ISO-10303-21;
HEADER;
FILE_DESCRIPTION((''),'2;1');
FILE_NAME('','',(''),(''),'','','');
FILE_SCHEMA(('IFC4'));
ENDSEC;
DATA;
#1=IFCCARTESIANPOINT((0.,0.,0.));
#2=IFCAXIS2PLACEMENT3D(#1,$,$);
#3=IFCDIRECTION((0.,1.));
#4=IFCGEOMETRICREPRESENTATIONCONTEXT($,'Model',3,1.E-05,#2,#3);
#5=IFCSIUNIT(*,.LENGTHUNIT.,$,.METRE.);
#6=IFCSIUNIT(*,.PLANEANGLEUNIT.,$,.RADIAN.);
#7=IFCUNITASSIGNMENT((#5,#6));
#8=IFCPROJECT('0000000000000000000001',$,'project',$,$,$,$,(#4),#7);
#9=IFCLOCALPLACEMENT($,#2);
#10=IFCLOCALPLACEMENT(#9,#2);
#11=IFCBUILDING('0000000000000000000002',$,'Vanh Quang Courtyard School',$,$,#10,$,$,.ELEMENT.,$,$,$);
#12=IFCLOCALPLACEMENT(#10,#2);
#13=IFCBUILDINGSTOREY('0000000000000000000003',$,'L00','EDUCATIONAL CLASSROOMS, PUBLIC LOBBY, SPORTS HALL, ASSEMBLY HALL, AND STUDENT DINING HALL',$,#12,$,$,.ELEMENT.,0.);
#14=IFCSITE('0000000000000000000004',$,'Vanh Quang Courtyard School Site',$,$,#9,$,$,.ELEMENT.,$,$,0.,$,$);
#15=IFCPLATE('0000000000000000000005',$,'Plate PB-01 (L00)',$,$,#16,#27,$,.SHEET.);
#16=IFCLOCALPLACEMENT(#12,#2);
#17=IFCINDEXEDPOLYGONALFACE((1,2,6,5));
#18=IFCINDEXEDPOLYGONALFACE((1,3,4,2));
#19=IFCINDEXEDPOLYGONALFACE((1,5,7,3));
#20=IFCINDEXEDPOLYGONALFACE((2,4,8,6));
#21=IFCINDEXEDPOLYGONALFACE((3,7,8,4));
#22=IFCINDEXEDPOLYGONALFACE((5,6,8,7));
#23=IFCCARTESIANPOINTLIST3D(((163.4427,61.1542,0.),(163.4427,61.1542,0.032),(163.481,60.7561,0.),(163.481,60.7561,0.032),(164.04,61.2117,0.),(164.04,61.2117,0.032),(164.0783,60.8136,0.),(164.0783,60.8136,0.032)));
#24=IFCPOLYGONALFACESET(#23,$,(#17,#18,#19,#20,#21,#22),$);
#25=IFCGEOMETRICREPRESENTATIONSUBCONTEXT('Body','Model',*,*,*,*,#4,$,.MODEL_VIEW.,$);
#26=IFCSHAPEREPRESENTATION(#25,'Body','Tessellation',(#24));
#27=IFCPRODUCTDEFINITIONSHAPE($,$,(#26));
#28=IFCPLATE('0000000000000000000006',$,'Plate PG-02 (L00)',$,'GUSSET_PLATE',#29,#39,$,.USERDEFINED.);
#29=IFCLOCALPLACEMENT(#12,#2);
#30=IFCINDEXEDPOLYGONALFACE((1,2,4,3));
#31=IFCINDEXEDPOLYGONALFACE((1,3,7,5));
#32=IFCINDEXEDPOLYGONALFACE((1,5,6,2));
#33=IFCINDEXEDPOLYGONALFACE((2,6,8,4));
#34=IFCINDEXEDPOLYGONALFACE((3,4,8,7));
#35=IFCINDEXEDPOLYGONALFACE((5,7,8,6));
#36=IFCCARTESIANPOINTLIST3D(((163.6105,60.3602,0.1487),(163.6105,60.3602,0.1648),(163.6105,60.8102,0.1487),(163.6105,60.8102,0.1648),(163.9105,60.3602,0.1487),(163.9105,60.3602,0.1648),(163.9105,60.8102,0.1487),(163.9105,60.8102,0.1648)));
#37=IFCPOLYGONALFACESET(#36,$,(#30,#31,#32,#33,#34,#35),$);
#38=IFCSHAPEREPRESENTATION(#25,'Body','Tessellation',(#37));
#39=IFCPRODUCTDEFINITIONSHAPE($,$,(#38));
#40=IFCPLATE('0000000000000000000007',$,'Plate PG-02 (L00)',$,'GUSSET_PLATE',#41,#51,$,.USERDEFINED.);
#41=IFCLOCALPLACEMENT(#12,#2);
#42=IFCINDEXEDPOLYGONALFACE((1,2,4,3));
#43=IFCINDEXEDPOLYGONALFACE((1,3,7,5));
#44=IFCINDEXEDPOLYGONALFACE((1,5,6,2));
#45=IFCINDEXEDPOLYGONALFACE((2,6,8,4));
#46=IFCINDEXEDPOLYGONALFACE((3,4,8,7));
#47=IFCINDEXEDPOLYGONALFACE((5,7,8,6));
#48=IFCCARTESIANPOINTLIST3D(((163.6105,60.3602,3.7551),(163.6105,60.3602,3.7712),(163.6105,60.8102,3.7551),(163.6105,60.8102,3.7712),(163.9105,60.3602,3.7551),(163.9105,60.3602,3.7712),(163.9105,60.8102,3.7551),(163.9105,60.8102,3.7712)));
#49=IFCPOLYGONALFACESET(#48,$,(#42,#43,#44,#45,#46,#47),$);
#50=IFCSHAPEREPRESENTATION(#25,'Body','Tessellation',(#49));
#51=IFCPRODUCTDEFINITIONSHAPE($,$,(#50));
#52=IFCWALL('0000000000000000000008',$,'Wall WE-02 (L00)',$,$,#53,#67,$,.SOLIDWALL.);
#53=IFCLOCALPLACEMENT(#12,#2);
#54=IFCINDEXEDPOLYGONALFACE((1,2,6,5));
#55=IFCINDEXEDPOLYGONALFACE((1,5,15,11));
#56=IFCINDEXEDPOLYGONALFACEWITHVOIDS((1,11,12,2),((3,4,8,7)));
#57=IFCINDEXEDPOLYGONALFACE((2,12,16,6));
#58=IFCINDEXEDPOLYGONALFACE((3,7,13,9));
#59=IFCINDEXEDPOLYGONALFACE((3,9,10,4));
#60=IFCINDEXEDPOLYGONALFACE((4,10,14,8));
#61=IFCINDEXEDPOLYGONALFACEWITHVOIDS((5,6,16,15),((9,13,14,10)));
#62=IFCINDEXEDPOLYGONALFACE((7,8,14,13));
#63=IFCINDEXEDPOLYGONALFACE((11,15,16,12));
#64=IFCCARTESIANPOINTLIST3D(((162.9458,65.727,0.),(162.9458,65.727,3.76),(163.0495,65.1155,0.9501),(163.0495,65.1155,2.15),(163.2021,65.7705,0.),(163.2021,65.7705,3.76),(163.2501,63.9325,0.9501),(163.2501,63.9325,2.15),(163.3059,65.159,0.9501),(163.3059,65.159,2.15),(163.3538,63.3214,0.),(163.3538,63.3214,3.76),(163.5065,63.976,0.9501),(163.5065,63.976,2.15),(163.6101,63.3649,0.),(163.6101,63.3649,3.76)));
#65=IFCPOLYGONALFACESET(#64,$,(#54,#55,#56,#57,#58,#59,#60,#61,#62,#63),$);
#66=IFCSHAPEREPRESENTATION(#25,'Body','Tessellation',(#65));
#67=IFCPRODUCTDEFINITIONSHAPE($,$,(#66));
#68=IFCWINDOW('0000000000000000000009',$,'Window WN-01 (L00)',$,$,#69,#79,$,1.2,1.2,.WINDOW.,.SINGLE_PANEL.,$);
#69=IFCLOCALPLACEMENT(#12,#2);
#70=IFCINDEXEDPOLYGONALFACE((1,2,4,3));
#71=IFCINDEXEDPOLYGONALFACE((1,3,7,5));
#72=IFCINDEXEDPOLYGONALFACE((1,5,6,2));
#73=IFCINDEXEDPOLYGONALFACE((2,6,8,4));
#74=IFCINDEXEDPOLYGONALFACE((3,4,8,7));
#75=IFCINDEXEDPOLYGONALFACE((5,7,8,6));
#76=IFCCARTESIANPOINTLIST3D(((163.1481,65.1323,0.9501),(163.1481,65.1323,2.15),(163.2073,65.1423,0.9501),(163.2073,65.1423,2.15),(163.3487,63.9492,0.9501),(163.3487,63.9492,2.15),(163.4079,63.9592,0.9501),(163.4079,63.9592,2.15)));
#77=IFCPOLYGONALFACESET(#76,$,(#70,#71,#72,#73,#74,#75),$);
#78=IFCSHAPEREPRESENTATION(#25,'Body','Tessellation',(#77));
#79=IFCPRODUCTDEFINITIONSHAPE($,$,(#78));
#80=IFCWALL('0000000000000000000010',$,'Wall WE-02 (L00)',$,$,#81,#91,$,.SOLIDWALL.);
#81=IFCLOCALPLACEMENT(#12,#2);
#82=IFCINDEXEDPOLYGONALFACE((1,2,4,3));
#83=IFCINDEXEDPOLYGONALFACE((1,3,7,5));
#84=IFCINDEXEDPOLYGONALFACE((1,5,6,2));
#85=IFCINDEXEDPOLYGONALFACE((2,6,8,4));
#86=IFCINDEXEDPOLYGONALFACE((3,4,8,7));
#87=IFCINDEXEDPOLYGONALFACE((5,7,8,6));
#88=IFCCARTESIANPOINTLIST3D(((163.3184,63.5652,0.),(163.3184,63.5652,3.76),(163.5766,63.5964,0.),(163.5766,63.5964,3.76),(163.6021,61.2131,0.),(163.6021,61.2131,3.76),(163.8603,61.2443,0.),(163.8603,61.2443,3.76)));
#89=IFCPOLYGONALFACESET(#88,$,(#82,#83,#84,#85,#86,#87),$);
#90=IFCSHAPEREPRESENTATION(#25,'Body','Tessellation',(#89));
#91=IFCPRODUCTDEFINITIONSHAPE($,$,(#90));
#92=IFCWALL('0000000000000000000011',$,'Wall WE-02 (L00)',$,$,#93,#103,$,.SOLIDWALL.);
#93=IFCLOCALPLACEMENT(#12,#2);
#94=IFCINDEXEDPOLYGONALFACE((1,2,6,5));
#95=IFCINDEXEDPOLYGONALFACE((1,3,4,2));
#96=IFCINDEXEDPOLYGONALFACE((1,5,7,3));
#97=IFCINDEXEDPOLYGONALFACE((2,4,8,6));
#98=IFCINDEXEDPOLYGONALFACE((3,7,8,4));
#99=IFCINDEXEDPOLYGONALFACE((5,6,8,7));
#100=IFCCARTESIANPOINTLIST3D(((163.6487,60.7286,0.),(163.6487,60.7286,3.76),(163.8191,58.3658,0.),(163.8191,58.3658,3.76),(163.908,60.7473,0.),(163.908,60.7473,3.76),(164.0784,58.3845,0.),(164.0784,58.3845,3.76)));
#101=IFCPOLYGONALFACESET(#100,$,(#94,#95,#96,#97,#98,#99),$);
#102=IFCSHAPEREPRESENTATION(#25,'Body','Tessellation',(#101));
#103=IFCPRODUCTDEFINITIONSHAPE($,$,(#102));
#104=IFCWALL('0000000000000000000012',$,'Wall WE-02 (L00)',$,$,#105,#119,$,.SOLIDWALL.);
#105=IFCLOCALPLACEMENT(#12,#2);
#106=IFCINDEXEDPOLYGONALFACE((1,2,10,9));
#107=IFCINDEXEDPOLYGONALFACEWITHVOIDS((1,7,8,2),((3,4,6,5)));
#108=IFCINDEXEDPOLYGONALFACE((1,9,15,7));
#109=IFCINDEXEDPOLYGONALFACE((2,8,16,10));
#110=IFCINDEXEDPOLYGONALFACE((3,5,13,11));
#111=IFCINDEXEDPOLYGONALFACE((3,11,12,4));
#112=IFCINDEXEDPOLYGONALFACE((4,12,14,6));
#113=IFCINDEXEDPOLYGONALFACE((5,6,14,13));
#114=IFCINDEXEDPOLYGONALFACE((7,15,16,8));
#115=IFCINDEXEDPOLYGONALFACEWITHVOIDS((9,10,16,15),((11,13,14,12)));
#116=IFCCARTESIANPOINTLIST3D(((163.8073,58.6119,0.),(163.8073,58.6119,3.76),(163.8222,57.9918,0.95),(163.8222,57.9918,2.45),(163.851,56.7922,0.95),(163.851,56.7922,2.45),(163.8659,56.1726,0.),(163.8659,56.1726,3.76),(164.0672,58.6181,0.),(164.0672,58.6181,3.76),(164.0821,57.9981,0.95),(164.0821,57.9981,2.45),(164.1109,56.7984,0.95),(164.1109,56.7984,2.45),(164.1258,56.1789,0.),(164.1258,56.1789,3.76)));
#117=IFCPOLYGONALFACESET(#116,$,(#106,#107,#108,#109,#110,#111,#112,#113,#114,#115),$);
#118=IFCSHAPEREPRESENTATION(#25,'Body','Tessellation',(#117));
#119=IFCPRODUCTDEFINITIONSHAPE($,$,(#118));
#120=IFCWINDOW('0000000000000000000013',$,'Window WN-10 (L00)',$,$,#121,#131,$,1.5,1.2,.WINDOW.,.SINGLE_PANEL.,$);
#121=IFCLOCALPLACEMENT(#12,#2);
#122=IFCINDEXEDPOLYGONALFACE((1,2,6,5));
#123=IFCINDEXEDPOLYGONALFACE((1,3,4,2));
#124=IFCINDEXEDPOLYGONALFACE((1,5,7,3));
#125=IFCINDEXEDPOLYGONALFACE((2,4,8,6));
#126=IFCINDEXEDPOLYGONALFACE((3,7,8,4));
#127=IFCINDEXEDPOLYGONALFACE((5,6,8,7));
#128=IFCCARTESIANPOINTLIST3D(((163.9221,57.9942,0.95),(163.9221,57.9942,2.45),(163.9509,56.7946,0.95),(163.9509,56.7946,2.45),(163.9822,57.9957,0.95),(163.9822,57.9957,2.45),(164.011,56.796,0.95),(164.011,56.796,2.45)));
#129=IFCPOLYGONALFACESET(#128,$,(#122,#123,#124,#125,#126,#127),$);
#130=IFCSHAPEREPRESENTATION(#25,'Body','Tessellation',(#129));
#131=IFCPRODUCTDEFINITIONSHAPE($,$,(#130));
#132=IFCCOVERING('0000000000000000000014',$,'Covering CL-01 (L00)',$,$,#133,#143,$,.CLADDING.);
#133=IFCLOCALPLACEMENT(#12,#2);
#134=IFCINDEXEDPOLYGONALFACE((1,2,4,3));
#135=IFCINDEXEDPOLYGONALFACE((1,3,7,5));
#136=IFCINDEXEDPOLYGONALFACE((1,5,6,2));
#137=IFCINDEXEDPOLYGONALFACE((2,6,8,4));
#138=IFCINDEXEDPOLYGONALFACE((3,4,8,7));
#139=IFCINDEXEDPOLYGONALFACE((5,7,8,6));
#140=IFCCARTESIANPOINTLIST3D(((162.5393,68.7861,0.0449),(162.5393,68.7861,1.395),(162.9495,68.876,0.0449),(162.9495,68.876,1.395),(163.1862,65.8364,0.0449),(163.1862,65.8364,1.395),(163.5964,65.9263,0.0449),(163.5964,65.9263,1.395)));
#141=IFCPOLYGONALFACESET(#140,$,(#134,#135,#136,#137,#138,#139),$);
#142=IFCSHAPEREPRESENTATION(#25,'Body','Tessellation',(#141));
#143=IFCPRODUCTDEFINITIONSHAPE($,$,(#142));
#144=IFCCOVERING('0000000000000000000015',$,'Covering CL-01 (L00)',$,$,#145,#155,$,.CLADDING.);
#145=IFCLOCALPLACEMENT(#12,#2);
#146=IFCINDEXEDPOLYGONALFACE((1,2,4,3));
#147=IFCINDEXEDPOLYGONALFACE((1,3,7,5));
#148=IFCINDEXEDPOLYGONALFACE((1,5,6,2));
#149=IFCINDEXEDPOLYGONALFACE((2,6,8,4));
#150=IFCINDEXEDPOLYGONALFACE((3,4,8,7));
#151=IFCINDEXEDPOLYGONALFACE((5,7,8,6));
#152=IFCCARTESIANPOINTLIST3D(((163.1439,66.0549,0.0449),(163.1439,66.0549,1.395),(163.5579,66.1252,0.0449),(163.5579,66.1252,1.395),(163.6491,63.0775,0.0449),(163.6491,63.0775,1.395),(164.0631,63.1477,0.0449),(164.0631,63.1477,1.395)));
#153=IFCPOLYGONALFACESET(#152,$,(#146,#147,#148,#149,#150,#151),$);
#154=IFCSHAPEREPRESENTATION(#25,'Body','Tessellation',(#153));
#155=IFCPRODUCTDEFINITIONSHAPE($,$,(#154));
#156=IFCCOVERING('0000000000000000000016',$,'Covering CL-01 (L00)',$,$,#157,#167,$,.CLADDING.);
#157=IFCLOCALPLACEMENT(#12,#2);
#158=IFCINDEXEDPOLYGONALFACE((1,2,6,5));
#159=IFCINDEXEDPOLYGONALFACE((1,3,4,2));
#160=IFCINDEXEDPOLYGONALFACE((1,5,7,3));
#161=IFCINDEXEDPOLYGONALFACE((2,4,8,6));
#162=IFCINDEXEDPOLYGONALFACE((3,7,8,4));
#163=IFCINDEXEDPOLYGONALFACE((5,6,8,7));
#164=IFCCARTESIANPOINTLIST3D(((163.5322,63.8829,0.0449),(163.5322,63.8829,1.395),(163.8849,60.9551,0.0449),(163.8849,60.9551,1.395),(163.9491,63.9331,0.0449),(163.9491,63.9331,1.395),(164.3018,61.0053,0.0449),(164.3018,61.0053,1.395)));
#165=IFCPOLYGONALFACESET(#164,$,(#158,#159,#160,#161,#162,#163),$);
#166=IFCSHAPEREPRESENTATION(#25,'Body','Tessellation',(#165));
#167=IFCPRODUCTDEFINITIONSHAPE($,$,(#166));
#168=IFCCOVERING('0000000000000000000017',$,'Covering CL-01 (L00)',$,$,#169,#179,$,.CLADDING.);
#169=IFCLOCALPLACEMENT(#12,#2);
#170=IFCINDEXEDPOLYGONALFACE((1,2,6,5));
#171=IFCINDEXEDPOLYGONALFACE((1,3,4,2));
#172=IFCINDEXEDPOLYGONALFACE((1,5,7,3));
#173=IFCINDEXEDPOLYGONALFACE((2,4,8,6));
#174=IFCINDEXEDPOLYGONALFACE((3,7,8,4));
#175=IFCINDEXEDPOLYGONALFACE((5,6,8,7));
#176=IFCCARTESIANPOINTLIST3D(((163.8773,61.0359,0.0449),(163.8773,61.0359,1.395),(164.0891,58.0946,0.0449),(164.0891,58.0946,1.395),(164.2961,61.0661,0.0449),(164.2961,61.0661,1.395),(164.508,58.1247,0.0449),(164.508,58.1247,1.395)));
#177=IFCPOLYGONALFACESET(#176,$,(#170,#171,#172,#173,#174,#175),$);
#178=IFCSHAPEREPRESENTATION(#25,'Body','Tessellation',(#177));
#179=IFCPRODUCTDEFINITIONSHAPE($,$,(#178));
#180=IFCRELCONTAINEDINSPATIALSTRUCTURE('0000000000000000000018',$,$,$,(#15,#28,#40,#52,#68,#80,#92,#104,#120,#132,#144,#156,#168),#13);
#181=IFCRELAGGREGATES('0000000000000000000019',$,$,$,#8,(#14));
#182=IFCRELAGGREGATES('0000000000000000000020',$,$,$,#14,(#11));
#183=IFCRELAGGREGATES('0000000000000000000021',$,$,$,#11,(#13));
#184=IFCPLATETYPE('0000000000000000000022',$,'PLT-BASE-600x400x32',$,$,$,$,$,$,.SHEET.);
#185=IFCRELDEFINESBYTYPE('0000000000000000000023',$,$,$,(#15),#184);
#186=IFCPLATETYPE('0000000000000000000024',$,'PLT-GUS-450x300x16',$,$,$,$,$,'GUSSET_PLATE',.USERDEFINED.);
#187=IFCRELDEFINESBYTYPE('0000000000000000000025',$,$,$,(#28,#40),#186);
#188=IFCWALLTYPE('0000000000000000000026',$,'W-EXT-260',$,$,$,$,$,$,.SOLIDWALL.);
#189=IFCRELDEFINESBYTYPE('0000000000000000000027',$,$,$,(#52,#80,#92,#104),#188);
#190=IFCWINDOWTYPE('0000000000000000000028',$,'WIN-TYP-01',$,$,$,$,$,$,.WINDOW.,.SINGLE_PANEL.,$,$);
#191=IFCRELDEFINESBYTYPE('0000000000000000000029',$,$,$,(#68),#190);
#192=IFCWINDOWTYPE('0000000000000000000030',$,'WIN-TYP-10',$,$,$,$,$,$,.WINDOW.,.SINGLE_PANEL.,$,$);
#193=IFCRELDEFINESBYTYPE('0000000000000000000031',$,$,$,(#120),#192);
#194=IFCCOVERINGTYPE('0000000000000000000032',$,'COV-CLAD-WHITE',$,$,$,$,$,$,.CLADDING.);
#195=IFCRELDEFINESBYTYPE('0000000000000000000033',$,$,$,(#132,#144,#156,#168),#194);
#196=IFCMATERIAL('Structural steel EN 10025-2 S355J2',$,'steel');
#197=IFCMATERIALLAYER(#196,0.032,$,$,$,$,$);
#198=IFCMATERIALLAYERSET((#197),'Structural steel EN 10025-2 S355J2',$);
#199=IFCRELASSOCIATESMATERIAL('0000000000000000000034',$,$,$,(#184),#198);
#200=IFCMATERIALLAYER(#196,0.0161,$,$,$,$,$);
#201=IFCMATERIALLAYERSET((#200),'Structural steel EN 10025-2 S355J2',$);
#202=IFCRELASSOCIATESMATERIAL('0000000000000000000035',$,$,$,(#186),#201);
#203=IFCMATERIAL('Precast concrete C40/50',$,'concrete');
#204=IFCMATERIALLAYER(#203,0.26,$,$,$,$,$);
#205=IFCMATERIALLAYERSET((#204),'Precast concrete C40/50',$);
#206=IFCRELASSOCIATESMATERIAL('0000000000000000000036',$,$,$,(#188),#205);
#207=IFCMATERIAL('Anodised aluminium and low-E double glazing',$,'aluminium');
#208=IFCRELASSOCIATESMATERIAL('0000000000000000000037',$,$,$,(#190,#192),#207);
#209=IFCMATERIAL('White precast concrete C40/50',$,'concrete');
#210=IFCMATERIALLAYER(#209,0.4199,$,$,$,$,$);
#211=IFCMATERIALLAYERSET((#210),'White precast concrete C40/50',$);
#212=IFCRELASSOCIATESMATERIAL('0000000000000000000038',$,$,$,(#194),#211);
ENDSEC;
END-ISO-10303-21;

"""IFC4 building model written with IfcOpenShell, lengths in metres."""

from ifc_helpers import new_model, si_unit, direction, frame, frame_2d, origin, origin_2d, place, context, subcontext, project, spatial, rectangle, extrude, material, layer, layer_set, type_object, element, fill, save


model = new_model("IFC4")

# Units and contexts
model_context = context("Model", 3, precision=1e-05, world=origin(), true_north=direction((0.0, 1.0)))
body_context = subcontext(model_context, "Body", "Model", "MODEL_VIEW")
ifc_project = project(units=[si_unit("LENGTHUNIT", "METRE"), si_unit("PLANEANGLEUNIT", "RADIAN")], contexts=[model_context])

# Site, building, storey
site_placement = place(None, origin())
site = spatial("IfcSite", under=ifc_project, at=site_placement, Name="Vanh Quang Courtyard School Site", CompositionType="ELEMENT", RefElevation=0.0)
building_placement = place(site_placement, origin())
building = spatial("IfcBuilding", under=site, at=building_placement, Name="Vanh Quang Courtyard School", CompositionType="ELEMENT")
storey_placement = place(building_placement, origin())
storey = spatial("IfcBuildingStorey", under=building, at=storey_placement, Name="L00", Description="EDUCATIONAL CLASSROOMS, PUBLIC LOBBY, SPORTS HALL, ASSEMBLY HALL, AND STUDENT DINING HALL", CompositionType="ELEMENT", Elevation=0.0)

# Shared definitions
ifc_material_1 = material(Name="Structural steel EN 10025-2 S355J2", Category="steel")

# Plates
ifc_layer_1 = layer(ifc_material_1, 0.032)
ifc_layer_set_1 = layer_set([ifc_layer_1], Name="Structural steel EN 10025-2 S355J2")
plate_type_1 = type_object("IfcPlateType", Name="PLT-BASE-600x400x32", PredefinedType="SHEET", material=ifc_layer_set_1)
plate_1_placement = place(storey_placement, frame((163.7605, 60.9839, 0.0), z_axis=(0.0, 0.0, 1.0), x_axis=(0.995396, 0.095846, 0.0)))
element("IfcPlate", 1, at=plate_1_placement, inside=storey, type_object=plate_type_1, Name="Plate PB-01 (L00)", PredefinedType="SHEET", context=body_context, shape_type="SweptSolid", body=[
    extrude(rectangle(XDim=0.6001, YDim=0.3999, at=origin_2d()), origin(), (0.0, 0.0, 1.0), 0.032),
])
ifc_layer_2 = layer(ifc_material_1, 0.0161)
ifc_layer_set_2 = layer_set([ifc_layer_2], Name="Structural steel EN 10025-2 S355J2")
plate_type_2 = type_object("IfcPlateType", Name="PLT-GUS-450x300x16", ElementType="GUSSET_PLATE", PredefinedType="USERDEFINED", material=ifc_layer_set_2)
for number, where, z_axis, x_axis, name in (
    (2, (163.7605, 60.5852, 0.1487), (0.0, 0.0, 1.0), (0.0, 1.0, 0.0), "Plate PG-02 (L00)"),
    (3, (163.7605, 60.5852, 3.7551), (0.0, 0.0, 1.0), (0.0, 1.0, 0.0), "Plate PG-02 (L00)"),
):
    element("IfcPlate", number, at=place(storey_placement, frame(where, z_axis=z_axis, x_axis=x_axis)), inside=storey, type_object=plate_type_2, Name=name, ObjectType="GUSSET_PLATE", PredefinedType="USERDEFINED", context=body_context, shape_type="SweptSolid", body=[
        extrude(rectangle(XDim=0.45, YDim=0.3, at=origin_2d()), origin(), (0.0, 0.0, 1.0), 0.0161),
    ])

# Wall, opening, window
ifc_material_2 = material(Name="Precast concrete C40/50", Category="concrete")
ifc_layer_3 = layer(ifc_material_2, 0.26)
ifc_layer_set_3 = layer_set([ifc_layer_3], Name="Precast concrete C40/50")
wall_type = type_object("IfcWallType", Name="W-EXT-260", PredefinedType="SOLIDWALL", material=ifc_layer_set_3)
wall_1_placement = place(storey_placement, frame((163.074, 65.7488, 0.0), z_axis=(0.0, 0.0, 1.0), x_axis=(0.167205, -0.985922, 0.0)))
wall_1 = element("IfcWall", 4, at=wall_1_placement, inside=storey, type_object=wall_type, Name="Wall WE-02 (L00)", PredefinedType="SOLIDWALL", context=body_context, shape_type="SweptSolid", body=[
    extrude(rectangle(XDim=2.4399, YDim=0.26, at=frame_2d((1.22, 0.0))), origin(), (0.0, 0.0, 1.0), 3.76),
])
opening_1_placement = place(wall_1_placement, frame((0.6201, 0.0, 0.95)))
opening_1 = element("IfcOpeningElement", 5, at=opening_1_placement, cuts=wall_1, PredefinedType="OPENING", context=body_context, shape_type="SweptSolid", body=[
    extrude(rectangle(XDim=1.2, YDim=1.2, at=frame_2d((0.6001, 0.6001))), frame((0.0, 0.1401, 0.0), z_axis=(0.0, -1.0, 0.0), x_axis=(1.0, 0.0, 0.0)), (0.0, 0.0, 1.0), 0.28),
])
ifc_material_3 = material(Name="Anodised aluminium and low-E double glazing", Category="aluminium")
window_type_1 = type_object("IfcWindowType", Name="WIN-TYP-01", PartitioningType="SINGLE_PANEL", PredefinedType="WINDOW", material=ifc_material_3)
window_1_placement = place(opening_1_placement, origin())
window_1 = element("IfcWindow", 6, at=window_1_placement, inside=storey, type_object=window_type_1, Name="Window WN-01 (L00)", OverallHeight=1.2, OverallWidth=1.2, PartitioningType="SINGLE_PANEL", PredefinedType="WINDOW", context=body_context, shape_type="SweptSolid", body=[
    extrude(rectangle(XDim=1.2, YDim=1.2, at=frame_2d((0.6001, 0.6001))), frame((0.0, 0.03, 0.0), z_axis=(0.0, -1.0, 0.0), x_axis=(1.0, 0.0, 0.0)), (0.0, 0.0, 1.0), 0.0601),
])
fill(opening_1, window_1)

# Walls
wall_2_placement = place(storey_placement, frame((163.4475, 63.5808, 0.0), z_axis=(0.0, 0.0, 1.0), x_axis=(0.119747, -0.992804, 0.0)))
element("IfcWall", 7, at=wall_2_placement, inside=storey, type_object=wall_type, Name="Wall WE-02 (L00)", PredefinedType="SOLIDWALL", context=body_context, shape_type="SweptSolid", body=[
    extrude(rectangle(XDim=2.3691, YDim=0.26, at=frame_2d((1.1846, 0.0))), origin(), (0.0, 0.0, 1.0), 3.76),
])
wall_3_placement = place(storey_placement, frame((163.7783, 60.738, 0.0), z_axis=(0.0, 0.0, 1.0), x_axis=(0.071935, -0.997409, 0.0)))
element("IfcWall", 8, at=wall_3_placement, inside=storey, type_object=wall_type, Name="Wall WE-02 (L00)", PredefinedType="SOLIDWALL", context=body_context, shape_type="SweptSolid", body=[
    extrude(rectangle(XDim=2.3689, YDim=0.26, at=frame_2d((1.1846, 0.0))), origin(), (0.0, 0.0, 1.0), 3.76),
])

# Wall, opening, window
wall_4_placement = place(storey_placement, frame((163.9373, 58.615, 0.0), z_axis=(0.0, 0.0, 1.0), x_axis=(0.024015, -0.999712, 0.0)))
wall_4 = element("IfcWall", 9, at=wall_4_placement, inside=storey, type_object=wall_type, Name="Wall WE-02 (L00)", PredefinedType="SOLIDWALL", context=body_context, shape_type="SweptSolid", body=[
    extrude(rectangle(XDim=2.4399, YDim=0.26, at=frame_2d((1.22, 0.0))), origin(), (0.0, 0.0, 1.0), 3.76),
])
opening_2_placement = place(wall_4_placement, frame((0.6201, 0.0, 0.95)))
opening_2 = element("IfcOpeningElement", 10, at=opening_2_placement, cuts=wall_4, PredefinedType="OPENING", context=body_context, shape_type="SweptSolid", body=[
    extrude(rectangle(XDim=1.2, YDim=1.5, at=frame_2d((0.6001, 0.75))), frame((0.0, 0.1401, 0.0), z_axis=(0.0, -1.0, 0.0), x_axis=(1.0, 0.0, 0.0)), (0.0, 0.0, 1.0), 0.28),
])
window_type_2 = type_object("IfcWindowType", Name="WIN-TYP-10", PartitioningType="SINGLE_PANEL", PredefinedType="WINDOW", material=ifc_material_3)
window_2_placement = place(opening_2_placement, origin())
window_2 = element("IfcWindow", 11, at=window_2_placement, inside=storey, type_object=window_type_2, Name="Window WN-10 (L00)", OverallHeight=1.5, OverallWidth=1.2, PartitioningType="SINGLE_PANEL", PredefinedType="WINDOW", context=body_context, shape_type="SweptSolid", body=[
    extrude(rectangle(XDim=1.2, YDim=1.5, at=frame_2d((0.6001, 0.75))), frame((0.0, 0.03, 0.0), z_axis=(0.0, -1.0, 0.0), x_axis=(1.0, 0.0, 0.0)), (0.0, 0.0, 1.0), 0.0601),
])
fill(opening_2, window_2)

# Coverings
ifc_material_4 = material(Name="White precast concrete C40/50", Category="concrete")
ifc_layer_4 = layer(ifc_material_4, 0.4199)
ifc_layer_set_4 = layer_set([ifc_layer_4], Name="White precast concrete C40/50")
covering_type = type_object("IfcCoveringType", Name="COV-CLAD-WHITE", PredefinedType="CLADDING", material=ifc_layer_set_4)
covering_1_placement = place(storey_placement, frame((163.0679, 67.3562, 0.0449), z_axis=(0.0, 0.0, 1.0), x_axis=(0.214224, -0.976785, 0.0)))
element("IfcCovering", 12, at=covering_1_placement, inside=storey, type_object=covering_type, Name="Covering CL-01 (L00)", PredefinedType="CLADDING", context=body_context, shape_type="SweptSolid", body=[
    extrude(rectangle(XDim=3.0198, YDim=0.4199, at=origin_2d()), origin(), (0.0, 0.0, 1.0), 1.3501),
])
covering_2_placement = place(storey_placement, frame((163.6035, 64.6013, 0.0449), z_axis=(0.0, 0.0, 1.0), x_axis=(0.167285, -0.985909, 0.0)))
element("IfcCovering", 13, at=covering_2_placement, inside=storey, type_object=covering_type, Name="Covering CL-01 (L00)", PredefinedType="CLADDING", context=body_context, shape_type="SweptSolid", body=[
    extrude(rectangle(XDim=3.02, YDim=0.4199, at=origin_2d()), origin(), (0.0, 0.0, 1.0), 1.3501),
])
for number, where, z_axis, x_axis, name in (
    (14, (163.917, 62.4441, 0.0449), (0.0, 0.0, 1.0), (0.119617, -0.99282, 0.0), "Covering CL-01 (L00)"),
    (15, (164.1926, 59.5803, 0.0449), (0.0, 0.0, 1.0), (0.071846, -0.997416, 0.0), "Covering CL-01 (L00)"),
):
    element("IfcCovering", number, at=place(storey_placement, frame(where, z_axis=z_axis, x_axis=x_axis)), inside=storey, type_object=covering_type, Name=name, PredefinedType="CLADDING", context=body_context, shape_type="SweptSolid", body=[
        extrude(rectangle(XDim=2.949, YDim=0.4199, at=origin_2d()), origin(), (0.0, 0.0, 1.0), 1.3501),
    ])

save(model, "model.ifc")
